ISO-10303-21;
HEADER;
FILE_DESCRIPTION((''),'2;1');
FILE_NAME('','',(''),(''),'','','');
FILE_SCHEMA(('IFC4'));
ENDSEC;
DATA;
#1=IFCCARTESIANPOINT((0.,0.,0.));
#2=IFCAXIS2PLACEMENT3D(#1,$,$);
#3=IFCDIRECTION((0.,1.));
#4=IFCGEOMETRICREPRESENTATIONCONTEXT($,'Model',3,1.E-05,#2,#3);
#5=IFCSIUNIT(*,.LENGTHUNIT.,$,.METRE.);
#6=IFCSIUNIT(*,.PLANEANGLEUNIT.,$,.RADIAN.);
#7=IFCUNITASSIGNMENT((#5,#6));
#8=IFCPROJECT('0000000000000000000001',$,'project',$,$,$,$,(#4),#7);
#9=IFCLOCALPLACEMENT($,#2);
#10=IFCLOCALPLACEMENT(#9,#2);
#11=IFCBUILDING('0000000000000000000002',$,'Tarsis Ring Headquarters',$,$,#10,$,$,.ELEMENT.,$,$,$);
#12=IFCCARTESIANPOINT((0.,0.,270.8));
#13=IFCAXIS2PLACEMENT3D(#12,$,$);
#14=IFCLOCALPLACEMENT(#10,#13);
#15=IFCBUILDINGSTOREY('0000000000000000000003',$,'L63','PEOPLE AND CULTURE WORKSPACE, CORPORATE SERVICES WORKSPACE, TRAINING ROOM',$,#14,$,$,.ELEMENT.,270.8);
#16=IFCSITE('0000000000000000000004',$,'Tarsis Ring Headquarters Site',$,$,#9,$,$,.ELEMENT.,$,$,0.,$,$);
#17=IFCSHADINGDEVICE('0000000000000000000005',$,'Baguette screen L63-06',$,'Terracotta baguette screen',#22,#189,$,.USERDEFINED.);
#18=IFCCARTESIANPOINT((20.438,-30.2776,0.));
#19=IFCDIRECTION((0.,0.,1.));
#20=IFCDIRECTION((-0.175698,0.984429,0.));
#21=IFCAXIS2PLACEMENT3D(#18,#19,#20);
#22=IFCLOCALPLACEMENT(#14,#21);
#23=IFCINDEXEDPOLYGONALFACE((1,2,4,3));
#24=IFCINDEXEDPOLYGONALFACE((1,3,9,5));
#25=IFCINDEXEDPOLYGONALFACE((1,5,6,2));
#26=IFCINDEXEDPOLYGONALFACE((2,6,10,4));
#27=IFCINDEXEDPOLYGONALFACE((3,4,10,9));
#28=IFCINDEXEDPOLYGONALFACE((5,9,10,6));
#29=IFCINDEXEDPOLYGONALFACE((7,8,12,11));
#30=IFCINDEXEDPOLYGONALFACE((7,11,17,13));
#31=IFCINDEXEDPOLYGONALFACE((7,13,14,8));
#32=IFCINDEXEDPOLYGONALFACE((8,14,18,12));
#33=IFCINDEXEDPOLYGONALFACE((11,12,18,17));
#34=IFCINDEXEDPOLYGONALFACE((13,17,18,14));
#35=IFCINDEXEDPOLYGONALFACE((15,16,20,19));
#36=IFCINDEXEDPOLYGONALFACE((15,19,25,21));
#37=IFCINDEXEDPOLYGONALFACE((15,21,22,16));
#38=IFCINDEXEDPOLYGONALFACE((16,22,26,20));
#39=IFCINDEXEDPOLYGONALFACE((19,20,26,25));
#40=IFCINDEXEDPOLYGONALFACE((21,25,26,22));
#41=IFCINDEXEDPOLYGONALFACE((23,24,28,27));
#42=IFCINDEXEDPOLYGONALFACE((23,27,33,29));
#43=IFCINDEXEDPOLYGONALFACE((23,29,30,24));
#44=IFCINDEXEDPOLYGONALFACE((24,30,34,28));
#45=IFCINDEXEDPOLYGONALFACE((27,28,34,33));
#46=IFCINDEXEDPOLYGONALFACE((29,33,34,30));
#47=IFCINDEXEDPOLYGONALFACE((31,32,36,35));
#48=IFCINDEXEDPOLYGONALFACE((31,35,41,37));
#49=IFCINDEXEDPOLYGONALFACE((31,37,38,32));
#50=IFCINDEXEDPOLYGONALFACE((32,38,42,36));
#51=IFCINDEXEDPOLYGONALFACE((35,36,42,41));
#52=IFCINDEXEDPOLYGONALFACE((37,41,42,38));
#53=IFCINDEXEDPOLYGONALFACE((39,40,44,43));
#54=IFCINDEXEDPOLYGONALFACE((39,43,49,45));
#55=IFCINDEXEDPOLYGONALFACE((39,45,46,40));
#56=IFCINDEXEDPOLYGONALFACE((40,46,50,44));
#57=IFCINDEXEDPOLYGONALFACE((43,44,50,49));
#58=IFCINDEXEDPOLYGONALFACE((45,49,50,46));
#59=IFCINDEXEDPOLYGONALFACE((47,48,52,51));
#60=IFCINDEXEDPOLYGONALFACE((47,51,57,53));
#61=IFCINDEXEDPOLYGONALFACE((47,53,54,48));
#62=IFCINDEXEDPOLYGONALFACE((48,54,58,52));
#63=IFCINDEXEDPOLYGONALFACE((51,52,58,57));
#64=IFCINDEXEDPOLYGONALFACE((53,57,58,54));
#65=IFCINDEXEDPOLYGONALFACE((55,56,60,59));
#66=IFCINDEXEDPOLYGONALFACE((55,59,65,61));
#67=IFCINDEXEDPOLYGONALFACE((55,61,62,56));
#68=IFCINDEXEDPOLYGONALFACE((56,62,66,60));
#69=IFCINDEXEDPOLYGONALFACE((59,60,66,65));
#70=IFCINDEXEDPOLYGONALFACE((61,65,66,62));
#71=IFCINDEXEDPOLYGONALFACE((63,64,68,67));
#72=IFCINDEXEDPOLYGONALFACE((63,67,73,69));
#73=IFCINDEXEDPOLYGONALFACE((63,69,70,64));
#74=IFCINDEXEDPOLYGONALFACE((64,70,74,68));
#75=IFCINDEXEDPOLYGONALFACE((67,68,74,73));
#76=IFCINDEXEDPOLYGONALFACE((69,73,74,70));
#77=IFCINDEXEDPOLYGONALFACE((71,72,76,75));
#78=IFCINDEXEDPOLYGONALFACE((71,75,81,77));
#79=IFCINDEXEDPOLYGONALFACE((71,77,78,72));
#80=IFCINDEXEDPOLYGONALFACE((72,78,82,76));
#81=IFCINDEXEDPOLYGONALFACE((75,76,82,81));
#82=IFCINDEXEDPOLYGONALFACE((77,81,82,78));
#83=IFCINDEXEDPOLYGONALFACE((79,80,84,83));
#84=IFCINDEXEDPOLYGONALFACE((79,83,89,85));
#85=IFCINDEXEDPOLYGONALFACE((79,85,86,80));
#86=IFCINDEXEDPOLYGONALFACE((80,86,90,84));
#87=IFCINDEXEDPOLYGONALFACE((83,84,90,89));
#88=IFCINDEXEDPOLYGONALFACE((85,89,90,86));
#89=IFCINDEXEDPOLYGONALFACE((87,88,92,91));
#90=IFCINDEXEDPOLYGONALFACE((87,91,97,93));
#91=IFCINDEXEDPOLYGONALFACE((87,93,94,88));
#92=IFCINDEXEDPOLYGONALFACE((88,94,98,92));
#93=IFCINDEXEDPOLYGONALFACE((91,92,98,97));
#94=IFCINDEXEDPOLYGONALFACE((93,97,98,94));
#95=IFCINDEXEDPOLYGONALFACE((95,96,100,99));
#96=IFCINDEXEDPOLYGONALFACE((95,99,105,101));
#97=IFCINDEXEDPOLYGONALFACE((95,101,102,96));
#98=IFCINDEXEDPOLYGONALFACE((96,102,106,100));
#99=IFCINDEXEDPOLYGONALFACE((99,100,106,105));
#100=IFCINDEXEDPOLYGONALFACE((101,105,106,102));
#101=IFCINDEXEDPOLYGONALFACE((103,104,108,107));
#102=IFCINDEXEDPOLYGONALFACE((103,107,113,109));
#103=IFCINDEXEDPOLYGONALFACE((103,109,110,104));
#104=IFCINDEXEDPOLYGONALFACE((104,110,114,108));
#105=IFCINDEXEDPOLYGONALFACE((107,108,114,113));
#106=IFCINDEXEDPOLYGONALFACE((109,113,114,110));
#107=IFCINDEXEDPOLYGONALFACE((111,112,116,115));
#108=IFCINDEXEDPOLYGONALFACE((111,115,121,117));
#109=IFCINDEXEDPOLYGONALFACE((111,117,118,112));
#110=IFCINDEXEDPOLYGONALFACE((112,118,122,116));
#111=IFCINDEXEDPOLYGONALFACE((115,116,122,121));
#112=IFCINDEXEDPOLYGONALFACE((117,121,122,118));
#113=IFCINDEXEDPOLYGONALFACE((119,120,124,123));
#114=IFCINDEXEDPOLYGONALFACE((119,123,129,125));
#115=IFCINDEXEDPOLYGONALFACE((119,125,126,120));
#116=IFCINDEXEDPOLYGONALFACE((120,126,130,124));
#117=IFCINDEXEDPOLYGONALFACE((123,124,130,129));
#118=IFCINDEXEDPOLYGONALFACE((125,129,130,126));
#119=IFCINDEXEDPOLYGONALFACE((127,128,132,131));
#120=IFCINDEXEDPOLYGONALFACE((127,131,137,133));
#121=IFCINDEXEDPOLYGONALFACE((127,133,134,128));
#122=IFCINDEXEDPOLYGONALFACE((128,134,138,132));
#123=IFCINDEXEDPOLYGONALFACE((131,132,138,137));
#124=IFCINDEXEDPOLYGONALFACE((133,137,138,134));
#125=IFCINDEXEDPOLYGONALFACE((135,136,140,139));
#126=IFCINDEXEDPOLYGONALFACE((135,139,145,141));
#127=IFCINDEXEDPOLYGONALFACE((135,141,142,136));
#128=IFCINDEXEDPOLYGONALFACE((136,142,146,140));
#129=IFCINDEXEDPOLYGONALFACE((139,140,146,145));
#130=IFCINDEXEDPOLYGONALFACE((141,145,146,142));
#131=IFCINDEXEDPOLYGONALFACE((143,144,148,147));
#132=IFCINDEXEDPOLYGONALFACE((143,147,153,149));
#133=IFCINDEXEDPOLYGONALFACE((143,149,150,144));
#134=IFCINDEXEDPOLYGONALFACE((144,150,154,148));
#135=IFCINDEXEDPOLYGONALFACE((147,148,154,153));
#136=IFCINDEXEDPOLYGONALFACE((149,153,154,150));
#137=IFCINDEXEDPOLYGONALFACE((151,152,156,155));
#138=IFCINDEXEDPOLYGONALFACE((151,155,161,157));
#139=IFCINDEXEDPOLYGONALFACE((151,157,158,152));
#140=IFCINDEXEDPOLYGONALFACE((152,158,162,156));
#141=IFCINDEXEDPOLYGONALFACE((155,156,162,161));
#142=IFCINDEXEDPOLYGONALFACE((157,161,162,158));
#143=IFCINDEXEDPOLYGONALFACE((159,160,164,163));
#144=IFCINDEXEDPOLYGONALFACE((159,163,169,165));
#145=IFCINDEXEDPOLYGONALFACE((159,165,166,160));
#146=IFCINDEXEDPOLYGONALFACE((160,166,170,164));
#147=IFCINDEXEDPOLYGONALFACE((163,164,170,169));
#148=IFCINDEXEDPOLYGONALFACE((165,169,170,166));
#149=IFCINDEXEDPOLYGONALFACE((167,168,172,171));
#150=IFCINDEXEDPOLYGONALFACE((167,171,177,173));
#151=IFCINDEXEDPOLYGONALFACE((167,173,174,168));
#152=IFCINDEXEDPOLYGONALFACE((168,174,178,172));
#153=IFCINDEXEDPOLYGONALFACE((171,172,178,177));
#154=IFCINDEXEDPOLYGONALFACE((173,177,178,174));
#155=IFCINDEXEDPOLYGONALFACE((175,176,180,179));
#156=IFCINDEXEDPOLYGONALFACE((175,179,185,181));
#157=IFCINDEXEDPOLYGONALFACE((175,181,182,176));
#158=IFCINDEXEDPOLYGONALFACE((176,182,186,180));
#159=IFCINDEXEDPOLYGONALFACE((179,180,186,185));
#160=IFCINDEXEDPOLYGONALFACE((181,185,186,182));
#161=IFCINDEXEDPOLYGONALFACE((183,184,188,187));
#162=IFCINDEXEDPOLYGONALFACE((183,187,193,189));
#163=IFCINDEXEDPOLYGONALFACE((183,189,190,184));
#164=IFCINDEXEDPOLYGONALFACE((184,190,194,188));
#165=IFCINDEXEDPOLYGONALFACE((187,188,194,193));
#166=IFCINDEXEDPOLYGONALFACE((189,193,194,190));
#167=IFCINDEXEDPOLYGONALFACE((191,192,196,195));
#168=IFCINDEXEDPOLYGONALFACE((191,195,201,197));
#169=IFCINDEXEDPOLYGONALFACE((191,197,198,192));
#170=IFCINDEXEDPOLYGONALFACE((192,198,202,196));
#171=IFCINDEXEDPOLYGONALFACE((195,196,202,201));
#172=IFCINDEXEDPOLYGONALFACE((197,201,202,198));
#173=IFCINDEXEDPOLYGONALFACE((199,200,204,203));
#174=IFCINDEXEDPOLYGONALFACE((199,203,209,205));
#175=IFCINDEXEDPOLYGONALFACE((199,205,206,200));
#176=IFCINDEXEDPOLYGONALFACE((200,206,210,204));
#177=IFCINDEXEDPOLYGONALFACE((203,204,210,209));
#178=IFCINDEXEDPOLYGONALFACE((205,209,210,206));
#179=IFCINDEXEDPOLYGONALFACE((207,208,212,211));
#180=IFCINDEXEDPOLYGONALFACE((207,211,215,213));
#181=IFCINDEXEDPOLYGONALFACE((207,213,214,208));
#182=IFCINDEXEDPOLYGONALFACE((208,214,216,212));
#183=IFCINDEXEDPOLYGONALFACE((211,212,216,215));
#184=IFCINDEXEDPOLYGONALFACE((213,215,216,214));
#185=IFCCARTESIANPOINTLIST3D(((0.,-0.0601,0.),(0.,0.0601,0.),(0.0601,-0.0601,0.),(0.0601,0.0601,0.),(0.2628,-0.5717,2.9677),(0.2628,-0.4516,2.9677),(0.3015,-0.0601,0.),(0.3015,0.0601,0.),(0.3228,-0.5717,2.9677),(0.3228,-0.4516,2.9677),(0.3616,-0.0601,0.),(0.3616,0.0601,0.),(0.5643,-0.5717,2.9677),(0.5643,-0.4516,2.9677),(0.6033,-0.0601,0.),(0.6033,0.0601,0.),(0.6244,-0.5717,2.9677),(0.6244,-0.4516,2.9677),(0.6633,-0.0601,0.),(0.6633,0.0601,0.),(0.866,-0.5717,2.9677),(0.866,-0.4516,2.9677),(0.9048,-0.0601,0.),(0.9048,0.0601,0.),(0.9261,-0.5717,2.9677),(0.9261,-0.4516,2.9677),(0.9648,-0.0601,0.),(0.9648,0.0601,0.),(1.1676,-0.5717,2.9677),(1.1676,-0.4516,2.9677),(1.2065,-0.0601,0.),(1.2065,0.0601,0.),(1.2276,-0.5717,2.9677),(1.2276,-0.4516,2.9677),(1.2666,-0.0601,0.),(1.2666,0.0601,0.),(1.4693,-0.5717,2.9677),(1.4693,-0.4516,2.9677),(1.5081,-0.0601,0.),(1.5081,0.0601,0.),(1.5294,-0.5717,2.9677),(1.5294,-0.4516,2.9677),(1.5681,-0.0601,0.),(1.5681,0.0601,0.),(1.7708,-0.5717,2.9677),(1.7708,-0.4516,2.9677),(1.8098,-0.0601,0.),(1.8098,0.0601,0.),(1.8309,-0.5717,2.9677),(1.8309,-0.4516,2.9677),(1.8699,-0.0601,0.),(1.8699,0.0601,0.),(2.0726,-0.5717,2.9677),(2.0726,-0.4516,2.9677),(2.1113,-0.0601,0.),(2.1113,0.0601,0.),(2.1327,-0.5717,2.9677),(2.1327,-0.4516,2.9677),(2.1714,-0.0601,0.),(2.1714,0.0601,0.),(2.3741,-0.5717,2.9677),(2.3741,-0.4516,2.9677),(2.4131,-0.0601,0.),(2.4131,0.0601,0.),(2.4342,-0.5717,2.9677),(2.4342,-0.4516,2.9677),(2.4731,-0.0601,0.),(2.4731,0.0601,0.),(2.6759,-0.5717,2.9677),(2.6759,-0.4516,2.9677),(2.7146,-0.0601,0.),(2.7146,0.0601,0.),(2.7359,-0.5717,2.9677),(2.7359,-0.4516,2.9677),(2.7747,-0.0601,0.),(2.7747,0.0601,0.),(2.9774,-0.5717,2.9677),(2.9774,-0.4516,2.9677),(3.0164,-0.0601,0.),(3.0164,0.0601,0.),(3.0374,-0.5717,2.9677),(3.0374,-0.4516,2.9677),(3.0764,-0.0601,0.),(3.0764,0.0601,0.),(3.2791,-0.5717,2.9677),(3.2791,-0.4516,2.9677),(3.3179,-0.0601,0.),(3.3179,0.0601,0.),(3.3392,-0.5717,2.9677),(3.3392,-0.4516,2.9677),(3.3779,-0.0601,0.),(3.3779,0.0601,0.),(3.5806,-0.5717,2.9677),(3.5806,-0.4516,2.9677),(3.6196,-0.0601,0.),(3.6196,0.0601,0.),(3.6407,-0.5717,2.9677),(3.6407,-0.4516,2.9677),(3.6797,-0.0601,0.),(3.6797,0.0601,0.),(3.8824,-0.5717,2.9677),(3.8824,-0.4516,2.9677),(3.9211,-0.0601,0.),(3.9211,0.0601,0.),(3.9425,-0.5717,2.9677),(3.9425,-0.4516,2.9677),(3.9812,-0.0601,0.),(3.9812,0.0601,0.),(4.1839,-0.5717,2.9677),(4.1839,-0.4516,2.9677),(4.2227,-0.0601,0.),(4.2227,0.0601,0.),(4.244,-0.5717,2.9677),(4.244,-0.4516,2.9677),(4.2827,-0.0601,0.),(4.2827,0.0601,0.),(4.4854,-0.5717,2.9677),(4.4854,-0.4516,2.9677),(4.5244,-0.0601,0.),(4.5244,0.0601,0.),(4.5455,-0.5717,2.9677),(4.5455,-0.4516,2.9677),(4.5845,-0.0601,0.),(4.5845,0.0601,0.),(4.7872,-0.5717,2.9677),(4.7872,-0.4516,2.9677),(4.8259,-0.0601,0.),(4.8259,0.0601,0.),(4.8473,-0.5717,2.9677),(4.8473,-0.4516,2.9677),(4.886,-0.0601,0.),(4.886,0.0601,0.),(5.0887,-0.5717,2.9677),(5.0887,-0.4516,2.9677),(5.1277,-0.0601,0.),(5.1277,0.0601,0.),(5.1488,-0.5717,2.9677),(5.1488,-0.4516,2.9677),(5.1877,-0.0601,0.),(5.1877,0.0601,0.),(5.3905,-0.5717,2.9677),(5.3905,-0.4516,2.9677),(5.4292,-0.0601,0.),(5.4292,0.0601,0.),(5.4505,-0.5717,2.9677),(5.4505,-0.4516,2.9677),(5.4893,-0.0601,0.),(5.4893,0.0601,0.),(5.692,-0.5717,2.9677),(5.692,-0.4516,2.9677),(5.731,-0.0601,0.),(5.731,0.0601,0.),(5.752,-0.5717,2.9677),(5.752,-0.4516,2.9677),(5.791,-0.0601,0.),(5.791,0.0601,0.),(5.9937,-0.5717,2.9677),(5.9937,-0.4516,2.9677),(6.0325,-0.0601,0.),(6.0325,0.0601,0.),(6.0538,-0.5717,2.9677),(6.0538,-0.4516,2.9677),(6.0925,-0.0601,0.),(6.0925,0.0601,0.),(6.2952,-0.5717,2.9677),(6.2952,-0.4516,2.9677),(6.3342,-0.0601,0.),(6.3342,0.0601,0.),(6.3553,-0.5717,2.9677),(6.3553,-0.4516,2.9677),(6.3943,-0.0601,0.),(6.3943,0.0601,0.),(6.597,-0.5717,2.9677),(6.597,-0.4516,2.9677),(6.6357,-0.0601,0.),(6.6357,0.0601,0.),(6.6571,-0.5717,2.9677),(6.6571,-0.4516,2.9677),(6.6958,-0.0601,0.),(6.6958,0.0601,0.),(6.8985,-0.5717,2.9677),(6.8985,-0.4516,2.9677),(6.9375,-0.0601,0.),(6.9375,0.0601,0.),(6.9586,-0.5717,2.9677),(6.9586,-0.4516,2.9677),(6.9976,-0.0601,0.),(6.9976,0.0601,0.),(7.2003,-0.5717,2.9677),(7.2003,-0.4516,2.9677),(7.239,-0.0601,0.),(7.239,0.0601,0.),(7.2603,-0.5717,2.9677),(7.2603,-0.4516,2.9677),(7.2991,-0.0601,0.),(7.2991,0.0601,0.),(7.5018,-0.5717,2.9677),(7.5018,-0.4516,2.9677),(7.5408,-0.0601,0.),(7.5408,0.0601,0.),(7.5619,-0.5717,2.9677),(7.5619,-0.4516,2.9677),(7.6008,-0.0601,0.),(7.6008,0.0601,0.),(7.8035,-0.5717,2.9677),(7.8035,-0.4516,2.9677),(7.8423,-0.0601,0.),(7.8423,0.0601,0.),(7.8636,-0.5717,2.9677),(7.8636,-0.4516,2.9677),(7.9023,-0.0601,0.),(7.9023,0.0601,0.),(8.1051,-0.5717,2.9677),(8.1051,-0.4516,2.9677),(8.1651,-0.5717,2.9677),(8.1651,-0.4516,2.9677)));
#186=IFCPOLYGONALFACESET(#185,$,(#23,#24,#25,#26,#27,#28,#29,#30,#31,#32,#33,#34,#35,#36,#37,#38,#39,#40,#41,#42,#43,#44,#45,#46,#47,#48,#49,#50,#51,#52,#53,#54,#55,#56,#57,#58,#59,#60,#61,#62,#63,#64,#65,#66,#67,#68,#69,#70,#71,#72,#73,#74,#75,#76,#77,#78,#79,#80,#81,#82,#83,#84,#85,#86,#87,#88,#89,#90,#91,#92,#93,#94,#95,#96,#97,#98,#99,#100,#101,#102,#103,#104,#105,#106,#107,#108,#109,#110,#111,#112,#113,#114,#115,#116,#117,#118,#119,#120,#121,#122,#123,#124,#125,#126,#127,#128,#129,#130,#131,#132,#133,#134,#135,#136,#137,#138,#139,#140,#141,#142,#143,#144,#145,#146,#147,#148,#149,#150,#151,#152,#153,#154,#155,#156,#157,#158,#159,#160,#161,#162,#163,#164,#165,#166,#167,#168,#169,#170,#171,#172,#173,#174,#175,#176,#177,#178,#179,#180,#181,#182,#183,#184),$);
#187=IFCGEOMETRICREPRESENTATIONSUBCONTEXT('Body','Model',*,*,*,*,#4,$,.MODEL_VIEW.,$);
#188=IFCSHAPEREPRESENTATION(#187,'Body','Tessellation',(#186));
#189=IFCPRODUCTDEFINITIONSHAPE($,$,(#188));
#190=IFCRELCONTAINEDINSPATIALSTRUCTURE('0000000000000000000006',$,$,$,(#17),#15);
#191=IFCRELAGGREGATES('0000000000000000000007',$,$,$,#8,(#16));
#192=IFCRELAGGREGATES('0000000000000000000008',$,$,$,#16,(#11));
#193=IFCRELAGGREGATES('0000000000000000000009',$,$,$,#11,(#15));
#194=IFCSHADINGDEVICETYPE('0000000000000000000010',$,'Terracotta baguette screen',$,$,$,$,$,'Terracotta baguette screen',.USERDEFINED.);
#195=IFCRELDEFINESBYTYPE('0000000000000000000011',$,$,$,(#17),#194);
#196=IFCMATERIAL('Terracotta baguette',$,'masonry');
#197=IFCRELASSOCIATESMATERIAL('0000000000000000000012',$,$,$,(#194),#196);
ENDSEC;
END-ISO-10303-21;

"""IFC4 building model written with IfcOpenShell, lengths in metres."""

from ifc_helpers import new_model, si_unit, direction, frame, frame_2d, origin, place, context, subcontext, project, spatial, rectangle, composite_profile, extrude, material, type_object, element, save


model = new_model("IFC4")

# Units and contexts
model_context = context("Model", 3, precision=1e-05, world=origin(), true_north=direction((0.0, 1.0)))
body_context = subcontext(model_context, "Body", "Model", "MODEL_VIEW")
ifc_project = project(units=[si_unit("LENGTHUNIT", "METRE"), si_unit("PLANEANGLEUNIT", "RADIAN")], contexts=[model_context])

# Site, building, storey
site_placement = place(None, origin())
site = spatial("IfcSite", under=ifc_project, at=site_placement, Name="Tarsis Ring Headquarters Site", CompositionType="ELEMENT", RefElevation=0.0)
building_placement = place(site_placement, origin())
building = spatial("IfcBuilding", under=site, at=building_placement, Name="Tarsis Ring Headquarters", CompositionType="ELEMENT")
storey_placement = place(building_placement, frame((0.0, 0.0, 270.8)))
storey = spatial("IfcBuildingStorey", under=building, at=storey_placement, Name="L63", Description="PEOPLE AND CULTURE WORKSPACE, CORPORATE SERVICES WORKSPACE, TRAINING ROOM", CompositionType="ELEMENT", Elevation=270.8)

# Shading device
ifc_material_1 = material(Name="Terracotta baguette", Category="masonry")
shading_device_type = type_object("IfcShadingDeviceType", Name="Terracotta baguette screen", ElementType="Terracotta baguette screen", PredefinedType="USERDEFINED", material=ifc_material_1)
shading_device_1_placement = place(storey_placement, frame((20.438, -30.2776, 0.0), z_axis=(0.0, 0.0, 1.0), x_axis=(-0.175698, 0.984429, 0.0)))
element("IfcShadingDevice", 1, at=shading_device_1_placement, inside=storey, type_object=shading_device_type, Name="Baguette screen L63-06", ObjectType="Terracotta baguette screen", PredefinedType="USERDEFINED", context=body_context, shape_type="SweptSolid", body=[
    extrude(composite_profile([rectangle(XDim=0.0601, YDim=0.1201, at=frame_2d((0.03, 0.0))), rectangle(XDim=0.0601, YDim=0.1201, at=frame_2d((0.3315, 0.0))), rectangle(XDim=0.0601, YDim=0.1201, at=frame_2d((0.6333, 0.0))), rectangle(XDim=0.0601, YDim=0.1201, at=frame_2d((0.9348, 0.0))), rectangle(XDim=0.0601, YDim=0.1201, at=frame_2d((1.2366, 0.0))), rectangle(XDim=0.0601, YDim=0.1201, at=frame_2d((1.5381, 0.0))), rectangle(XDim=0.0601, YDim=0.1201, at=frame_2d((1.8398, 0.0))), rectangle(XDim=0.0601, YDim=0.1201, at=frame_2d((2.1414, 0.0))), rectangle(XDim=0.0601, YDim=0.1201, at=frame_2d((2.4431, 0.0))), rectangle(XDim=0.0601, YDim=0.1201, at=frame_2d((2.7446, 0.0))), rectangle(XDim=0.0601, YDim=0.1201, at=frame_2d((3.0464, 0.0))), rectangle(XDim=0.0601, YDim=0.1201, at=frame_2d((3.3479, 0.0))), rectangle(XDim=0.0601, YDim=0.1201, at=frame_2d((3.6497, 0.0))), rectangle(XDim=0.0601, YDim=0.1201, at=frame_2d((3.9512, 0.0))), rectangle(XDim=0.0601, YDim=0.1201, at=frame_2d((4.2527, 0.0))), rectangle(XDim=0.0601, YDim=0.1201, at=frame_2d((4.5544, 0.0))), rectangle(XDim=0.0601, YDim=0.1201, at=frame_2d((4.856, 0.0))), rectangle(XDim=0.0601, YDim=0.1201, at=frame_2d((5.1577, 0.0))), rectangle(XDim=0.0601, YDim=0.1201, at=frame_2d((5.4592, 0.0))), rectangle(XDim=0.0601, YDim=0.1201, at=frame_2d((5.761, 0.0))), rectangle(XDim=0.0601, YDim=0.1201, at=frame_2d((6.0625, 0.0))), rectangle(XDim=0.0601, YDim=0.1201, at=frame_2d((6.3643, 0.0))), rectangle(XDim=0.0601, YDim=0.1201, at=frame_2d((6.6658, 0.0))), rectangle(XDim=0.0601, YDim=0.1201, at=frame_2d((6.9675, 0.0))), rectangle(XDim=0.0601, YDim=0.1201, at=frame_2d((7.269, 0.0))), rectangle(XDim=0.0601, YDim=0.1201, at=frame_2d((7.5708, 0.0))), rectangle(XDim=0.0601, YDim=0.1201, at=frame_2d((7.8723, 0.0)))]), origin(), (0.086928, -0.169253, 0.981732), 3.0229),
])

save(model, "model.ifc")
